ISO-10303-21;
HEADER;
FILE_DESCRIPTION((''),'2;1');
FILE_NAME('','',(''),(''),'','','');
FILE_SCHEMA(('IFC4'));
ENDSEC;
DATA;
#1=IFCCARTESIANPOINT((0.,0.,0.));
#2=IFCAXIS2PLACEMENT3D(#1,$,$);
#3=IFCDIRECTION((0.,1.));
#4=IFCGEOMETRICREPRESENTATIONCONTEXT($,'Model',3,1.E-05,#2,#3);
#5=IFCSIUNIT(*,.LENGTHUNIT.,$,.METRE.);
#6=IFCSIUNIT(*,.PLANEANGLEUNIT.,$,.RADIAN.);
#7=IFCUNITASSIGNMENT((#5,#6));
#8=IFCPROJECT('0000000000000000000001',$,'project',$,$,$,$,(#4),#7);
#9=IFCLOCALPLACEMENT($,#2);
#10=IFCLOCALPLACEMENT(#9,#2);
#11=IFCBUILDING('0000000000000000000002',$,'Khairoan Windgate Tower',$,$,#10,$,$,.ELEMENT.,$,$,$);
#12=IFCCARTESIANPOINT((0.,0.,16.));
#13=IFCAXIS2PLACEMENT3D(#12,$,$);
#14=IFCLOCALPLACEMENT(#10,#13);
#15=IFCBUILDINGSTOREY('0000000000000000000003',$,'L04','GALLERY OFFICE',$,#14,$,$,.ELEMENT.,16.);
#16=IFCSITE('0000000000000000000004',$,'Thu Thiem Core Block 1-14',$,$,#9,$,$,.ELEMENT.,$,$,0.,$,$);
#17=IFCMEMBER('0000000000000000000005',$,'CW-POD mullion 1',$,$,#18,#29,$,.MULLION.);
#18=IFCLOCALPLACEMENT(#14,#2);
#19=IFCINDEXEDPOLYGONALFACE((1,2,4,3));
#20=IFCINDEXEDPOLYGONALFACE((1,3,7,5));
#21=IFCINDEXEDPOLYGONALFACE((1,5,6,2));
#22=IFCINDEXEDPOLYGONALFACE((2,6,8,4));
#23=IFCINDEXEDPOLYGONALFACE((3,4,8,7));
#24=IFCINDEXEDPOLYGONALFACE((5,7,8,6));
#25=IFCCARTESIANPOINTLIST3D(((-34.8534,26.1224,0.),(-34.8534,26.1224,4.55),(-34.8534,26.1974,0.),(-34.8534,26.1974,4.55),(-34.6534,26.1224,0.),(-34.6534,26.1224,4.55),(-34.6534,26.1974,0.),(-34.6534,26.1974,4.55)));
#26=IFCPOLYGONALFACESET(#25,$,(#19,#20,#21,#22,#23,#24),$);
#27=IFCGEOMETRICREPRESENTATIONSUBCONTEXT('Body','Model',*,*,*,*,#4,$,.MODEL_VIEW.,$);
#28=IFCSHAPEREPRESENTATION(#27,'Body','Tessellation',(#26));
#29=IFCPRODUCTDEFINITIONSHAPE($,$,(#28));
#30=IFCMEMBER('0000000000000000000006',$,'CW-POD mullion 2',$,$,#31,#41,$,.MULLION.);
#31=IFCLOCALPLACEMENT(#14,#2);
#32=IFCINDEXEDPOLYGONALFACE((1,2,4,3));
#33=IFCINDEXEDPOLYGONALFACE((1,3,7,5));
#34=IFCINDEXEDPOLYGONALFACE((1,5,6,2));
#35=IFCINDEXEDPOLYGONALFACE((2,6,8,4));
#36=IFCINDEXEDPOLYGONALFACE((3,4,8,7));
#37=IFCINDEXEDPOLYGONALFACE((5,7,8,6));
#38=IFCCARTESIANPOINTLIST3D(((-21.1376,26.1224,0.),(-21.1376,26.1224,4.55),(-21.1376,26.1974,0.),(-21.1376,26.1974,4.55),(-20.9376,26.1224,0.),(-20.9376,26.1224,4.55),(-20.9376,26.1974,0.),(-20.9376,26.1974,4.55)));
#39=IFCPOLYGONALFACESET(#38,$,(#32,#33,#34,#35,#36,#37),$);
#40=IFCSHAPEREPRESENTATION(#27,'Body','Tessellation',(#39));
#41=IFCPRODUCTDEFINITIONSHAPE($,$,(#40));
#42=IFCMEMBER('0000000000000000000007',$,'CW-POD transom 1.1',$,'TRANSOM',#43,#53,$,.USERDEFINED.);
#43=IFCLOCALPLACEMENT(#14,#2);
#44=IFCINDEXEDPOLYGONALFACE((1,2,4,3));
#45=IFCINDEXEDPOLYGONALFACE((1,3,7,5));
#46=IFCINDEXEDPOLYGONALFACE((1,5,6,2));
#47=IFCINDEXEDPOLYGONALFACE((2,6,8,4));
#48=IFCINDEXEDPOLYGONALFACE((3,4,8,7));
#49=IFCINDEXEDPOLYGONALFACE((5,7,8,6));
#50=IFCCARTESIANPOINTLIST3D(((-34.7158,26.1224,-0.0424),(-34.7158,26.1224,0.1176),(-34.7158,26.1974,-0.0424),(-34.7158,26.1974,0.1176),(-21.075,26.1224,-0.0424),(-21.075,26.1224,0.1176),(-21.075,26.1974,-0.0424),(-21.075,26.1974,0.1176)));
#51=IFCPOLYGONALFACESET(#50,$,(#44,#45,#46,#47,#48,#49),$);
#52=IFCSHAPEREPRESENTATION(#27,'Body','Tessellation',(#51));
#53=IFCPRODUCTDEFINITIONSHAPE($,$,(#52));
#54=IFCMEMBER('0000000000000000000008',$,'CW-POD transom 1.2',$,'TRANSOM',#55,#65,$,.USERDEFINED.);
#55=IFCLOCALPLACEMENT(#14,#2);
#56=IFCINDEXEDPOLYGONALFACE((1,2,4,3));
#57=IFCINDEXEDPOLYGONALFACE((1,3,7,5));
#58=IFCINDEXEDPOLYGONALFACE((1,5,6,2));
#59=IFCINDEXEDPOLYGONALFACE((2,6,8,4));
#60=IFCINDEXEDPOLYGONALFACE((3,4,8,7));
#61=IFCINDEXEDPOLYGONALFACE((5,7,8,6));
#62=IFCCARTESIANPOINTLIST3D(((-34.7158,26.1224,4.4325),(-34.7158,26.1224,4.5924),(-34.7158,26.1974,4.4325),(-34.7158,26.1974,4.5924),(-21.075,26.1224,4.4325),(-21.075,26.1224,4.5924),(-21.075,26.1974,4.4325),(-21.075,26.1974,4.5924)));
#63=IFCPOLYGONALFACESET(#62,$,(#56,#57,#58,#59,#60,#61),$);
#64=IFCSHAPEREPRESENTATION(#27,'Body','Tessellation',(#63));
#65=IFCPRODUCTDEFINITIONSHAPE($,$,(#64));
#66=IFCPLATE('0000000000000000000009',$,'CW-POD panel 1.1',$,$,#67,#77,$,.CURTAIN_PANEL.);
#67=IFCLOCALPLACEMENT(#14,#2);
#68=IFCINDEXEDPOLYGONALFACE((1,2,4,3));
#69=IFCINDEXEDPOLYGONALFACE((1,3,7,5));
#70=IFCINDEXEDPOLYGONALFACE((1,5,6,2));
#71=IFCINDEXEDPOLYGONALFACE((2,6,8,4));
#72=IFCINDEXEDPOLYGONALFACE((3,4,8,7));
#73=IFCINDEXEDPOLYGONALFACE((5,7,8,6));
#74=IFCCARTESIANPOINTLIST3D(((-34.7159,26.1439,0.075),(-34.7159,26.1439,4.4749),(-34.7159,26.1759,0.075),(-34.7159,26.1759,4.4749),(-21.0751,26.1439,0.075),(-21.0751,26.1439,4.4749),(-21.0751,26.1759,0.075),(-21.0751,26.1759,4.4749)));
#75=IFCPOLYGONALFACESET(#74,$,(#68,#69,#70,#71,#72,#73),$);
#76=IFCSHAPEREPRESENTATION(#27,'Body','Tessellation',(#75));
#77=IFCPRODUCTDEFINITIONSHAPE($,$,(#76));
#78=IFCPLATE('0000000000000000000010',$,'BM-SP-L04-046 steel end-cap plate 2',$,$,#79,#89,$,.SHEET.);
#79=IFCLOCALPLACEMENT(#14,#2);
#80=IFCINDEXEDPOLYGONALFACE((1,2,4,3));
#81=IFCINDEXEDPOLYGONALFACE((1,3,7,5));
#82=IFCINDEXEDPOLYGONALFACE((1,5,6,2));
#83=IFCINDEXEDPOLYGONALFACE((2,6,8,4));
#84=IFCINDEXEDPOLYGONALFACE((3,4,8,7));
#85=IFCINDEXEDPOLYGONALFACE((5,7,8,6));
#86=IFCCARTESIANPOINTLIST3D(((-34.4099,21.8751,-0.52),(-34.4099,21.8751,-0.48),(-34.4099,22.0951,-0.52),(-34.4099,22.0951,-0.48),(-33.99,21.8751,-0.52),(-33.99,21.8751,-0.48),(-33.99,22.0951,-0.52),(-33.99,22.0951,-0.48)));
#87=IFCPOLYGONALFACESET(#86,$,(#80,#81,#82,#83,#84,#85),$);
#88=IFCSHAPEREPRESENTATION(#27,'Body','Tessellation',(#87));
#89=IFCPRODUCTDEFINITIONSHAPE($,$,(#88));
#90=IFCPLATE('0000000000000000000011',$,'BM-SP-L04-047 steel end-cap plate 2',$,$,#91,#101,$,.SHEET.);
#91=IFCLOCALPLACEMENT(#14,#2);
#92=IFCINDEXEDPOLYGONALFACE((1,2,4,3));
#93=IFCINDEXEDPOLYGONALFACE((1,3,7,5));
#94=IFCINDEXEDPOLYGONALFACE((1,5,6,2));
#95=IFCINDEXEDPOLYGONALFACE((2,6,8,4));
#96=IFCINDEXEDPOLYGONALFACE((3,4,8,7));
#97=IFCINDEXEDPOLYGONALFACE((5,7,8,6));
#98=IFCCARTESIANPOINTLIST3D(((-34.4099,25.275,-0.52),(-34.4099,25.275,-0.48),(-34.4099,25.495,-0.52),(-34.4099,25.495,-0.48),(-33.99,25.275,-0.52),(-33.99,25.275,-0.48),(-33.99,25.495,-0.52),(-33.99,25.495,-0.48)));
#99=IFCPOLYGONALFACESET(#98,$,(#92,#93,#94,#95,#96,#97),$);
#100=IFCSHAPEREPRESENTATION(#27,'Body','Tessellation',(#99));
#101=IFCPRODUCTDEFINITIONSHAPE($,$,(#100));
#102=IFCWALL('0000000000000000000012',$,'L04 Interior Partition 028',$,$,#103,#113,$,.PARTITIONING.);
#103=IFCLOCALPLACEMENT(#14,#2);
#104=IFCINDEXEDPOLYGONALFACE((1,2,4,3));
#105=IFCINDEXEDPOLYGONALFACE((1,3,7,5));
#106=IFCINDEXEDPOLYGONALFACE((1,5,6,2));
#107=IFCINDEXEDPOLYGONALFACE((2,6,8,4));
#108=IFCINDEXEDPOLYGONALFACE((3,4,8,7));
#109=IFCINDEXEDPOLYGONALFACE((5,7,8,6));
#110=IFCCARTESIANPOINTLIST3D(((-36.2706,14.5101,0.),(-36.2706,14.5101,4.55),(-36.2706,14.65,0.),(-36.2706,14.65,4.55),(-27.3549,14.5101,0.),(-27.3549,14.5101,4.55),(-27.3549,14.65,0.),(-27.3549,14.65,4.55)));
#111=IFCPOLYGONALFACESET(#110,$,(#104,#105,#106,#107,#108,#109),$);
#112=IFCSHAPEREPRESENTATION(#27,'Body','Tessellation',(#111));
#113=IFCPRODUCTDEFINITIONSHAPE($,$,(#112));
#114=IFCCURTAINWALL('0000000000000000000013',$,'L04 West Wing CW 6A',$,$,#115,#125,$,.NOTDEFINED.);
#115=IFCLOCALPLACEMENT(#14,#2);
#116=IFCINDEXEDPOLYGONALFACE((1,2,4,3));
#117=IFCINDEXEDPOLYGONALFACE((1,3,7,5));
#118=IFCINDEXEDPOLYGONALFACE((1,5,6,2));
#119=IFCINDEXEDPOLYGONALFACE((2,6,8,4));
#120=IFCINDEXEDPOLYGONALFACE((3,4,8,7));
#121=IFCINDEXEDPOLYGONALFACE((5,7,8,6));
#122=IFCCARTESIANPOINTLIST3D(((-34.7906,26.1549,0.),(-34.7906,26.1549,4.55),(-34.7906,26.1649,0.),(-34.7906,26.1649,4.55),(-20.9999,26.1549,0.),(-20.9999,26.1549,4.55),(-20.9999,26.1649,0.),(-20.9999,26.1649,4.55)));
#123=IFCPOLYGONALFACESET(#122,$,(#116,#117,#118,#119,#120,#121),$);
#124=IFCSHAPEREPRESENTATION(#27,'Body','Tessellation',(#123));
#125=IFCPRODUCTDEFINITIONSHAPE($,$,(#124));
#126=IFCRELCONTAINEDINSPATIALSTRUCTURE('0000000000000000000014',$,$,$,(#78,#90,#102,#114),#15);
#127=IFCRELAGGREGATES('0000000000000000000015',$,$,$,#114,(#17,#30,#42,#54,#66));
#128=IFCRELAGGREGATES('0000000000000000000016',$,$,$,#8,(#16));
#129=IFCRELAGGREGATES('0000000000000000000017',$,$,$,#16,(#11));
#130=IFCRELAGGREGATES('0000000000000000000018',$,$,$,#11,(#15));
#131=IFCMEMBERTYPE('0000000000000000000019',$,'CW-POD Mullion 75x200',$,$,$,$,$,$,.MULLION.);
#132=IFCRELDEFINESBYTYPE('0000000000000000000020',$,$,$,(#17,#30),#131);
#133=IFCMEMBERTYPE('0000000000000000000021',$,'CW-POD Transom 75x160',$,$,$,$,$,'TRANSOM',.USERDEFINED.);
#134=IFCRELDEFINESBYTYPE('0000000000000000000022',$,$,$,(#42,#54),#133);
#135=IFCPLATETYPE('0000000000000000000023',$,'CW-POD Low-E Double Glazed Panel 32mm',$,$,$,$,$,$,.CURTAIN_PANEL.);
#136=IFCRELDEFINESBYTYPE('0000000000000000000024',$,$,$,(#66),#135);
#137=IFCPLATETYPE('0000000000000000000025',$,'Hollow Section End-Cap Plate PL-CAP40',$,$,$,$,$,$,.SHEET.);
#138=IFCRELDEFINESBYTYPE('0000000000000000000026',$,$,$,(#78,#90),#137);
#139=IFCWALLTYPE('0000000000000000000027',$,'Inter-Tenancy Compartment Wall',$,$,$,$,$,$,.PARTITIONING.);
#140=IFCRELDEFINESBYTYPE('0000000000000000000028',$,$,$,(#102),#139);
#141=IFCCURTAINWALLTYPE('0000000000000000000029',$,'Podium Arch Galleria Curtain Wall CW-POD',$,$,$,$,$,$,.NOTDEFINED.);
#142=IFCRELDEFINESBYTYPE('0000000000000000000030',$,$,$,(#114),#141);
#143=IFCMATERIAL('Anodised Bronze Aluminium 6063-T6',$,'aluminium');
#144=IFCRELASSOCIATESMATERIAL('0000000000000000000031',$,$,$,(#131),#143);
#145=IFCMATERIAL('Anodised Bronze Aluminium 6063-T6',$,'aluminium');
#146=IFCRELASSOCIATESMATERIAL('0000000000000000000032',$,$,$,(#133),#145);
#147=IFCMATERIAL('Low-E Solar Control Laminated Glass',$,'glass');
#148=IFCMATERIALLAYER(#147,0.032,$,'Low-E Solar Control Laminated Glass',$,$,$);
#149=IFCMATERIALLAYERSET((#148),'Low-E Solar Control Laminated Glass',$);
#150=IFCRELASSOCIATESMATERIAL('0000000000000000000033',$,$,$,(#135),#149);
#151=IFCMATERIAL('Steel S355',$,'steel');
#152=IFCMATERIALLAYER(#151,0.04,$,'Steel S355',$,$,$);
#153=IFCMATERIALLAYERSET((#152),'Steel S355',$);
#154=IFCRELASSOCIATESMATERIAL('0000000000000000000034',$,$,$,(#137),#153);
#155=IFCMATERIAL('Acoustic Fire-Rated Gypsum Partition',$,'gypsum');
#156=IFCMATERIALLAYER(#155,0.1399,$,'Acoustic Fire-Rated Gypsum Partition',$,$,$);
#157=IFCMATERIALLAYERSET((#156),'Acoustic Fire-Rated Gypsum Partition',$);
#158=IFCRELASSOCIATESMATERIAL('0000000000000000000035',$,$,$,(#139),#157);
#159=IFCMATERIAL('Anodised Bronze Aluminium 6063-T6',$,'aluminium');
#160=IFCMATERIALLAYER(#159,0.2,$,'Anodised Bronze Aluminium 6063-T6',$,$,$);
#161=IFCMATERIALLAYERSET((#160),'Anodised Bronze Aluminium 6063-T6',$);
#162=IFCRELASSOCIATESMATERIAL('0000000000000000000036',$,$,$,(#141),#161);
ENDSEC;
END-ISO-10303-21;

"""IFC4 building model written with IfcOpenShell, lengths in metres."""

from ifc_helpers import new_model, si_unit, direction, frame, frame_2d, origin, origin_2d, place, context, subcontext, project, spatial, rectangle, extrude, material, layer, layer_set, material_profile, profile_set, type_object, element, aggregate, save


model = new_model("IFC4")

# Units and contexts
model_context = context("Model", 3, precision=1e-05, world=origin(), true_north=direction((0.0, 1.0)))
body_context = subcontext(model_context, "Body", "Model", "MODEL_VIEW")
ifc_project = project(units=[si_unit("LENGTHUNIT", "METRE"), si_unit("PLANEANGLEUNIT", "RADIAN")], contexts=[model_context])

# Site, building, storey
site_placement = place(None, origin())
site = spatial("IfcSite", under=ifc_project, at=site_placement, Name="Thu Thiem Core Block 1-14", CompositionType="ELEMENT", RefElevation=0.0)
building_placement = place(site_placement, origin())
building = spatial("IfcBuilding", under=site, at=building_placement, Name="Khairoan Windgate Tower", CompositionType="ELEMENT")
storey_placement = place(building_placement, frame((0.0, 0.0, 16.0)))
storey = spatial("IfcBuildingStorey", under=building, at=storey_placement, Name="L04", Description="GALLERY OFFICE", CompositionType="ELEMENT", Elevation=16.0)

# Members
ifc_material_1 = material(Name="Anodised Bronze Aluminium 6063-T6", Category="aluminium")
ifc_material_profile_1 = material_profile(ifc_material_1, rectangle(XDim=0.075, YDim=0.2, at=origin_2d()))
ifc_profile_set_1 = profile_set([ifc_material_profile_1], Name="Anodised Bronze Aluminium 6063-T6")
member_type_1 = type_object("IfcMemberType", Name="CW-POD Mullion 75x200", PredefinedType="MULLION", material=ifc_profile_set_1)
member_1_placement = place(storey_placement, frame((-34.7534, 26.1599, 0.0), z_axis=(0.0, 0.0, 1.0), x_axis=(0.0, 1.0, 0.0)))
member_1 = element("IfcMember", 1, at=member_1_placement, type_object=member_type_1, Name="CW-POD mullion 1", PredefinedType="MULLION", context=body_context, shape_type="SweptSolid", body=[
    extrude(rectangle(XDim=0.075, YDim=0.2, at=origin_2d()), origin(), (0.0, 0.0, 1.0), 4.55),
])
member_2_placement = place(storey_placement, frame((-21.0376, 26.1599, 0.0), z_axis=(0.0, 0.0, 1.0), x_axis=(0.0, 1.0, 0.0)))
member_2 = element("IfcMember", 2, at=member_2_placement, type_object=member_type_1, Name="CW-POD mullion 2", PredefinedType="MULLION", context=body_context, shape_type="SweptSolid", body=[
    extrude(rectangle(XDim=0.075, YDim=0.2, at=origin_2d()), origin(), (0.0, 0.0, 1.0), 4.55),
])
ifc_material_2 = material(Name="Anodised Bronze Aluminium 6063-T6", Category="aluminium")
ifc_material_profile_2 = material_profile(ifc_material_2, rectangle(XDim=0.075, YDim=0.1599, at=origin_2d()))
ifc_profile_set_2 = profile_set([ifc_material_profile_2], Name="Anodised Bronze Aluminium 6063-T6")
member_type_2 = type_object("IfcMemberType", Name="CW-POD Transom 75x160", ElementType="TRANSOM", PredefinedType="USERDEFINED", material=ifc_profile_set_2)
member_3_placement = place(storey_placement, frame((-34.7158, 26.1599, 0.0376), z_axis=(1.0, 0.0, 0.0), x_axis=(0.0, 1.0, 0.0)))
member_3 = element("IfcMember", 3, at=member_3_placement, type_object=member_type_2, Name="CW-POD transom 1.1", ObjectType="TRANSOM", PredefinedType="USERDEFINED", context=body_context, shape_type="SweptSolid", body=[
    extrude(rectangle(XDim=0.075, YDim=0.1599, at=origin_2d()), origin(), (0.0, 0.0, 1.0), 13.6409),
])
member_4_placement = place(storey_placement, frame((-34.7158, 26.1599, 4.5125), z_axis=(1.0, 0.0, 0.0), x_axis=(0.0, 1.0, 0.0)))
member_4 = element("IfcMember", 4, at=member_4_placement, type_object=member_type_2, Name="CW-POD transom 1.2", ObjectType="TRANSOM", PredefinedType="USERDEFINED", context=body_context, shape_type="SweptSolid", body=[
    extrude(rectangle(XDim=0.075, YDim=0.1599, at=origin_2d()), origin(), (0.0, 0.0, 1.0), 13.6409),
])

# Plate
ifc_material_3 = material(Name="Low-E Solar Control Laminated Glass", Category="glass")
ifc_layer_1 = layer(ifc_material_3, 0.032, Name="Low-E Solar Control Laminated Glass")
ifc_layer_set_1 = layer_set([ifc_layer_1], Name="Low-E Solar Control Laminated Glass")
plate_type_1 = type_object("IfcPlateType", Name="CW-POD Low-E Double Glazed Panel 32mm", PredefinedType="CURTAIN_PANEL", material=ifc_layer_set_1)
plate_placement = place(storey_placement, frame((-27.8955, 26.1599, 0.075), z_axis=(0.0, 0.0, 1.0), x_axis=(1.0, 0.0, 0.0)))
plate = element("IfcPlate", 5, at=plate_placement, type_object=plate_type_1, Name="CW-POD panel 1.1", PredefinedType="CURTAIN_PANEL", context=body_context, shape_type="SweptSolid", body=[
    extrude(rectangle(XDim=13.6409, YDim=0.032, at=origin_2d()), origin(), (0.0, 0.0, 1.0), 4.3999),
])

# Plates
ifc_material_4 = material(Name="Steel S355", Category="steel")
ifc_layer_2 = layer(ifc_material_4, 0.04, Name="Steel S355")
ifc_layer_set_2 = layer_set([ifc_layer_2], Name="Steel S355")
plate_type_2 = type_object("IfcPlateType", Name="Hollow Section End-Cap Plate PL-CAP40", PredefinedType="SHEET", material=ifc_layer_set_2)
for number, where, z_axis, x_axis, name in (
    (6, (-34.2, 21.9851, -0.52), (0.0, 0.0, 1.0), (0.0, 1.0, 0.0), "BM-SP-L04-046 steel end-cap plate 2"),
    (7, (-34.2, 25.385, -0.52), (0.0, 0.0, 1.0), (0.0, 1.0, 0.0), "BM-SP-L04-047 steel end-cap plate 2"),
):
    element("IfcPlate", number, at=place(storey_placement, frame(where, z_axis=z_axis, x_axis=x_axis)), inside=storey, type_object=plate_type_2, Name=name, PredefinedType="SHEET", context=body_context, shape_type="SweptSolid", body=[
        extrude(rectangle(XDim=0.22, YDim=0.4199, at=origin_2d()), origin(), (0.0, 0.0, 1.0), 0.04),
    ])

# Wall
ifc_material_5 = material(Name="Acoustic Fire-Rated Gypsum Partition", Category="gypsum")
ifc_layer_3 = layer(ifc_material_5, 0.1399, Name="Acoustic Fire-Rated Gypsum Partition")
ifc_layer_set_3 = layer_set([ifc_layer_3], Name="Acoustic Fire-Rated Gypsum Partition")
wall_type = type_object("IfcWallType", Name="Inter-Tenancy Compartment Wall", PredefinedType="PARTITIONING", material=ifc_layer_set_3)
wall_placement = place(storey_placement, frame((-36.2708, 14.5801, 0.0), z_axis=(0.0, 0.0, 1.0), x_axis=(1.0, 0.0, 0.0)))
element("IfcWall", 8, at=wall_placement, inside=storey, type_object=wall_type, Name="L04 Interior Partition 028", PredefinedType="PARTITIONING", context=body_context, shape_type="SweptSolid", body=[
    extrude(rectangle(XDim=8.9158, YDim=0.1399, at=frame_2d((4.458, 0.0))), origin(), (0.0, 0.0, 1.0), 4.55),
])

# Curtain wall
ifc_material_6 = material(Name="Anodised Bronze Aluminium 6063-T6", Category="aluminium")
ifc_layer_4 = layer(ifc_material_6, 0.2, Name="Anodised Bronze Aluminium 6063-T6")
ifc_layer_set_4 = layer_set([ifc_layer_4], Name="Anodised Bronze Aluminium 6063-T6")
curtain_wall_type = type_object("IfcCurtainWallType", Name="Podium Arch Galleria Curtain Wall CW-POD", PredefinedType="NOTDEFINED", material=ifc_layer_set_4)
curtain_wall_placement = place(storey_placement, frame((-34.7908, 26.1599, 0.0), z_axis=(0.0, 0.0, 1.0), x_axis=(1.0, 0.0, 0.0)))
curtain_wall = element("IfcCurtainWall", 9, at=curtain_wall_placement, inside=storey, type_object=curtain_wall_type, Name="L04 West Wing CW 6A", PredefinedType="NOTDEFINED", context=body_context, shape_type="SweptSolid", body=[
    extrude(rectangle(XDim=13.7908, YDim=0.01, at=frame_2d((6.8955, 0.0))), origin(), (0.0, 0.0, 1.0), 4.55),
])
aggregate(curtain_wall, [member_1, member_2, member_3, member_4, plate])

save(model, "model.ifc")
